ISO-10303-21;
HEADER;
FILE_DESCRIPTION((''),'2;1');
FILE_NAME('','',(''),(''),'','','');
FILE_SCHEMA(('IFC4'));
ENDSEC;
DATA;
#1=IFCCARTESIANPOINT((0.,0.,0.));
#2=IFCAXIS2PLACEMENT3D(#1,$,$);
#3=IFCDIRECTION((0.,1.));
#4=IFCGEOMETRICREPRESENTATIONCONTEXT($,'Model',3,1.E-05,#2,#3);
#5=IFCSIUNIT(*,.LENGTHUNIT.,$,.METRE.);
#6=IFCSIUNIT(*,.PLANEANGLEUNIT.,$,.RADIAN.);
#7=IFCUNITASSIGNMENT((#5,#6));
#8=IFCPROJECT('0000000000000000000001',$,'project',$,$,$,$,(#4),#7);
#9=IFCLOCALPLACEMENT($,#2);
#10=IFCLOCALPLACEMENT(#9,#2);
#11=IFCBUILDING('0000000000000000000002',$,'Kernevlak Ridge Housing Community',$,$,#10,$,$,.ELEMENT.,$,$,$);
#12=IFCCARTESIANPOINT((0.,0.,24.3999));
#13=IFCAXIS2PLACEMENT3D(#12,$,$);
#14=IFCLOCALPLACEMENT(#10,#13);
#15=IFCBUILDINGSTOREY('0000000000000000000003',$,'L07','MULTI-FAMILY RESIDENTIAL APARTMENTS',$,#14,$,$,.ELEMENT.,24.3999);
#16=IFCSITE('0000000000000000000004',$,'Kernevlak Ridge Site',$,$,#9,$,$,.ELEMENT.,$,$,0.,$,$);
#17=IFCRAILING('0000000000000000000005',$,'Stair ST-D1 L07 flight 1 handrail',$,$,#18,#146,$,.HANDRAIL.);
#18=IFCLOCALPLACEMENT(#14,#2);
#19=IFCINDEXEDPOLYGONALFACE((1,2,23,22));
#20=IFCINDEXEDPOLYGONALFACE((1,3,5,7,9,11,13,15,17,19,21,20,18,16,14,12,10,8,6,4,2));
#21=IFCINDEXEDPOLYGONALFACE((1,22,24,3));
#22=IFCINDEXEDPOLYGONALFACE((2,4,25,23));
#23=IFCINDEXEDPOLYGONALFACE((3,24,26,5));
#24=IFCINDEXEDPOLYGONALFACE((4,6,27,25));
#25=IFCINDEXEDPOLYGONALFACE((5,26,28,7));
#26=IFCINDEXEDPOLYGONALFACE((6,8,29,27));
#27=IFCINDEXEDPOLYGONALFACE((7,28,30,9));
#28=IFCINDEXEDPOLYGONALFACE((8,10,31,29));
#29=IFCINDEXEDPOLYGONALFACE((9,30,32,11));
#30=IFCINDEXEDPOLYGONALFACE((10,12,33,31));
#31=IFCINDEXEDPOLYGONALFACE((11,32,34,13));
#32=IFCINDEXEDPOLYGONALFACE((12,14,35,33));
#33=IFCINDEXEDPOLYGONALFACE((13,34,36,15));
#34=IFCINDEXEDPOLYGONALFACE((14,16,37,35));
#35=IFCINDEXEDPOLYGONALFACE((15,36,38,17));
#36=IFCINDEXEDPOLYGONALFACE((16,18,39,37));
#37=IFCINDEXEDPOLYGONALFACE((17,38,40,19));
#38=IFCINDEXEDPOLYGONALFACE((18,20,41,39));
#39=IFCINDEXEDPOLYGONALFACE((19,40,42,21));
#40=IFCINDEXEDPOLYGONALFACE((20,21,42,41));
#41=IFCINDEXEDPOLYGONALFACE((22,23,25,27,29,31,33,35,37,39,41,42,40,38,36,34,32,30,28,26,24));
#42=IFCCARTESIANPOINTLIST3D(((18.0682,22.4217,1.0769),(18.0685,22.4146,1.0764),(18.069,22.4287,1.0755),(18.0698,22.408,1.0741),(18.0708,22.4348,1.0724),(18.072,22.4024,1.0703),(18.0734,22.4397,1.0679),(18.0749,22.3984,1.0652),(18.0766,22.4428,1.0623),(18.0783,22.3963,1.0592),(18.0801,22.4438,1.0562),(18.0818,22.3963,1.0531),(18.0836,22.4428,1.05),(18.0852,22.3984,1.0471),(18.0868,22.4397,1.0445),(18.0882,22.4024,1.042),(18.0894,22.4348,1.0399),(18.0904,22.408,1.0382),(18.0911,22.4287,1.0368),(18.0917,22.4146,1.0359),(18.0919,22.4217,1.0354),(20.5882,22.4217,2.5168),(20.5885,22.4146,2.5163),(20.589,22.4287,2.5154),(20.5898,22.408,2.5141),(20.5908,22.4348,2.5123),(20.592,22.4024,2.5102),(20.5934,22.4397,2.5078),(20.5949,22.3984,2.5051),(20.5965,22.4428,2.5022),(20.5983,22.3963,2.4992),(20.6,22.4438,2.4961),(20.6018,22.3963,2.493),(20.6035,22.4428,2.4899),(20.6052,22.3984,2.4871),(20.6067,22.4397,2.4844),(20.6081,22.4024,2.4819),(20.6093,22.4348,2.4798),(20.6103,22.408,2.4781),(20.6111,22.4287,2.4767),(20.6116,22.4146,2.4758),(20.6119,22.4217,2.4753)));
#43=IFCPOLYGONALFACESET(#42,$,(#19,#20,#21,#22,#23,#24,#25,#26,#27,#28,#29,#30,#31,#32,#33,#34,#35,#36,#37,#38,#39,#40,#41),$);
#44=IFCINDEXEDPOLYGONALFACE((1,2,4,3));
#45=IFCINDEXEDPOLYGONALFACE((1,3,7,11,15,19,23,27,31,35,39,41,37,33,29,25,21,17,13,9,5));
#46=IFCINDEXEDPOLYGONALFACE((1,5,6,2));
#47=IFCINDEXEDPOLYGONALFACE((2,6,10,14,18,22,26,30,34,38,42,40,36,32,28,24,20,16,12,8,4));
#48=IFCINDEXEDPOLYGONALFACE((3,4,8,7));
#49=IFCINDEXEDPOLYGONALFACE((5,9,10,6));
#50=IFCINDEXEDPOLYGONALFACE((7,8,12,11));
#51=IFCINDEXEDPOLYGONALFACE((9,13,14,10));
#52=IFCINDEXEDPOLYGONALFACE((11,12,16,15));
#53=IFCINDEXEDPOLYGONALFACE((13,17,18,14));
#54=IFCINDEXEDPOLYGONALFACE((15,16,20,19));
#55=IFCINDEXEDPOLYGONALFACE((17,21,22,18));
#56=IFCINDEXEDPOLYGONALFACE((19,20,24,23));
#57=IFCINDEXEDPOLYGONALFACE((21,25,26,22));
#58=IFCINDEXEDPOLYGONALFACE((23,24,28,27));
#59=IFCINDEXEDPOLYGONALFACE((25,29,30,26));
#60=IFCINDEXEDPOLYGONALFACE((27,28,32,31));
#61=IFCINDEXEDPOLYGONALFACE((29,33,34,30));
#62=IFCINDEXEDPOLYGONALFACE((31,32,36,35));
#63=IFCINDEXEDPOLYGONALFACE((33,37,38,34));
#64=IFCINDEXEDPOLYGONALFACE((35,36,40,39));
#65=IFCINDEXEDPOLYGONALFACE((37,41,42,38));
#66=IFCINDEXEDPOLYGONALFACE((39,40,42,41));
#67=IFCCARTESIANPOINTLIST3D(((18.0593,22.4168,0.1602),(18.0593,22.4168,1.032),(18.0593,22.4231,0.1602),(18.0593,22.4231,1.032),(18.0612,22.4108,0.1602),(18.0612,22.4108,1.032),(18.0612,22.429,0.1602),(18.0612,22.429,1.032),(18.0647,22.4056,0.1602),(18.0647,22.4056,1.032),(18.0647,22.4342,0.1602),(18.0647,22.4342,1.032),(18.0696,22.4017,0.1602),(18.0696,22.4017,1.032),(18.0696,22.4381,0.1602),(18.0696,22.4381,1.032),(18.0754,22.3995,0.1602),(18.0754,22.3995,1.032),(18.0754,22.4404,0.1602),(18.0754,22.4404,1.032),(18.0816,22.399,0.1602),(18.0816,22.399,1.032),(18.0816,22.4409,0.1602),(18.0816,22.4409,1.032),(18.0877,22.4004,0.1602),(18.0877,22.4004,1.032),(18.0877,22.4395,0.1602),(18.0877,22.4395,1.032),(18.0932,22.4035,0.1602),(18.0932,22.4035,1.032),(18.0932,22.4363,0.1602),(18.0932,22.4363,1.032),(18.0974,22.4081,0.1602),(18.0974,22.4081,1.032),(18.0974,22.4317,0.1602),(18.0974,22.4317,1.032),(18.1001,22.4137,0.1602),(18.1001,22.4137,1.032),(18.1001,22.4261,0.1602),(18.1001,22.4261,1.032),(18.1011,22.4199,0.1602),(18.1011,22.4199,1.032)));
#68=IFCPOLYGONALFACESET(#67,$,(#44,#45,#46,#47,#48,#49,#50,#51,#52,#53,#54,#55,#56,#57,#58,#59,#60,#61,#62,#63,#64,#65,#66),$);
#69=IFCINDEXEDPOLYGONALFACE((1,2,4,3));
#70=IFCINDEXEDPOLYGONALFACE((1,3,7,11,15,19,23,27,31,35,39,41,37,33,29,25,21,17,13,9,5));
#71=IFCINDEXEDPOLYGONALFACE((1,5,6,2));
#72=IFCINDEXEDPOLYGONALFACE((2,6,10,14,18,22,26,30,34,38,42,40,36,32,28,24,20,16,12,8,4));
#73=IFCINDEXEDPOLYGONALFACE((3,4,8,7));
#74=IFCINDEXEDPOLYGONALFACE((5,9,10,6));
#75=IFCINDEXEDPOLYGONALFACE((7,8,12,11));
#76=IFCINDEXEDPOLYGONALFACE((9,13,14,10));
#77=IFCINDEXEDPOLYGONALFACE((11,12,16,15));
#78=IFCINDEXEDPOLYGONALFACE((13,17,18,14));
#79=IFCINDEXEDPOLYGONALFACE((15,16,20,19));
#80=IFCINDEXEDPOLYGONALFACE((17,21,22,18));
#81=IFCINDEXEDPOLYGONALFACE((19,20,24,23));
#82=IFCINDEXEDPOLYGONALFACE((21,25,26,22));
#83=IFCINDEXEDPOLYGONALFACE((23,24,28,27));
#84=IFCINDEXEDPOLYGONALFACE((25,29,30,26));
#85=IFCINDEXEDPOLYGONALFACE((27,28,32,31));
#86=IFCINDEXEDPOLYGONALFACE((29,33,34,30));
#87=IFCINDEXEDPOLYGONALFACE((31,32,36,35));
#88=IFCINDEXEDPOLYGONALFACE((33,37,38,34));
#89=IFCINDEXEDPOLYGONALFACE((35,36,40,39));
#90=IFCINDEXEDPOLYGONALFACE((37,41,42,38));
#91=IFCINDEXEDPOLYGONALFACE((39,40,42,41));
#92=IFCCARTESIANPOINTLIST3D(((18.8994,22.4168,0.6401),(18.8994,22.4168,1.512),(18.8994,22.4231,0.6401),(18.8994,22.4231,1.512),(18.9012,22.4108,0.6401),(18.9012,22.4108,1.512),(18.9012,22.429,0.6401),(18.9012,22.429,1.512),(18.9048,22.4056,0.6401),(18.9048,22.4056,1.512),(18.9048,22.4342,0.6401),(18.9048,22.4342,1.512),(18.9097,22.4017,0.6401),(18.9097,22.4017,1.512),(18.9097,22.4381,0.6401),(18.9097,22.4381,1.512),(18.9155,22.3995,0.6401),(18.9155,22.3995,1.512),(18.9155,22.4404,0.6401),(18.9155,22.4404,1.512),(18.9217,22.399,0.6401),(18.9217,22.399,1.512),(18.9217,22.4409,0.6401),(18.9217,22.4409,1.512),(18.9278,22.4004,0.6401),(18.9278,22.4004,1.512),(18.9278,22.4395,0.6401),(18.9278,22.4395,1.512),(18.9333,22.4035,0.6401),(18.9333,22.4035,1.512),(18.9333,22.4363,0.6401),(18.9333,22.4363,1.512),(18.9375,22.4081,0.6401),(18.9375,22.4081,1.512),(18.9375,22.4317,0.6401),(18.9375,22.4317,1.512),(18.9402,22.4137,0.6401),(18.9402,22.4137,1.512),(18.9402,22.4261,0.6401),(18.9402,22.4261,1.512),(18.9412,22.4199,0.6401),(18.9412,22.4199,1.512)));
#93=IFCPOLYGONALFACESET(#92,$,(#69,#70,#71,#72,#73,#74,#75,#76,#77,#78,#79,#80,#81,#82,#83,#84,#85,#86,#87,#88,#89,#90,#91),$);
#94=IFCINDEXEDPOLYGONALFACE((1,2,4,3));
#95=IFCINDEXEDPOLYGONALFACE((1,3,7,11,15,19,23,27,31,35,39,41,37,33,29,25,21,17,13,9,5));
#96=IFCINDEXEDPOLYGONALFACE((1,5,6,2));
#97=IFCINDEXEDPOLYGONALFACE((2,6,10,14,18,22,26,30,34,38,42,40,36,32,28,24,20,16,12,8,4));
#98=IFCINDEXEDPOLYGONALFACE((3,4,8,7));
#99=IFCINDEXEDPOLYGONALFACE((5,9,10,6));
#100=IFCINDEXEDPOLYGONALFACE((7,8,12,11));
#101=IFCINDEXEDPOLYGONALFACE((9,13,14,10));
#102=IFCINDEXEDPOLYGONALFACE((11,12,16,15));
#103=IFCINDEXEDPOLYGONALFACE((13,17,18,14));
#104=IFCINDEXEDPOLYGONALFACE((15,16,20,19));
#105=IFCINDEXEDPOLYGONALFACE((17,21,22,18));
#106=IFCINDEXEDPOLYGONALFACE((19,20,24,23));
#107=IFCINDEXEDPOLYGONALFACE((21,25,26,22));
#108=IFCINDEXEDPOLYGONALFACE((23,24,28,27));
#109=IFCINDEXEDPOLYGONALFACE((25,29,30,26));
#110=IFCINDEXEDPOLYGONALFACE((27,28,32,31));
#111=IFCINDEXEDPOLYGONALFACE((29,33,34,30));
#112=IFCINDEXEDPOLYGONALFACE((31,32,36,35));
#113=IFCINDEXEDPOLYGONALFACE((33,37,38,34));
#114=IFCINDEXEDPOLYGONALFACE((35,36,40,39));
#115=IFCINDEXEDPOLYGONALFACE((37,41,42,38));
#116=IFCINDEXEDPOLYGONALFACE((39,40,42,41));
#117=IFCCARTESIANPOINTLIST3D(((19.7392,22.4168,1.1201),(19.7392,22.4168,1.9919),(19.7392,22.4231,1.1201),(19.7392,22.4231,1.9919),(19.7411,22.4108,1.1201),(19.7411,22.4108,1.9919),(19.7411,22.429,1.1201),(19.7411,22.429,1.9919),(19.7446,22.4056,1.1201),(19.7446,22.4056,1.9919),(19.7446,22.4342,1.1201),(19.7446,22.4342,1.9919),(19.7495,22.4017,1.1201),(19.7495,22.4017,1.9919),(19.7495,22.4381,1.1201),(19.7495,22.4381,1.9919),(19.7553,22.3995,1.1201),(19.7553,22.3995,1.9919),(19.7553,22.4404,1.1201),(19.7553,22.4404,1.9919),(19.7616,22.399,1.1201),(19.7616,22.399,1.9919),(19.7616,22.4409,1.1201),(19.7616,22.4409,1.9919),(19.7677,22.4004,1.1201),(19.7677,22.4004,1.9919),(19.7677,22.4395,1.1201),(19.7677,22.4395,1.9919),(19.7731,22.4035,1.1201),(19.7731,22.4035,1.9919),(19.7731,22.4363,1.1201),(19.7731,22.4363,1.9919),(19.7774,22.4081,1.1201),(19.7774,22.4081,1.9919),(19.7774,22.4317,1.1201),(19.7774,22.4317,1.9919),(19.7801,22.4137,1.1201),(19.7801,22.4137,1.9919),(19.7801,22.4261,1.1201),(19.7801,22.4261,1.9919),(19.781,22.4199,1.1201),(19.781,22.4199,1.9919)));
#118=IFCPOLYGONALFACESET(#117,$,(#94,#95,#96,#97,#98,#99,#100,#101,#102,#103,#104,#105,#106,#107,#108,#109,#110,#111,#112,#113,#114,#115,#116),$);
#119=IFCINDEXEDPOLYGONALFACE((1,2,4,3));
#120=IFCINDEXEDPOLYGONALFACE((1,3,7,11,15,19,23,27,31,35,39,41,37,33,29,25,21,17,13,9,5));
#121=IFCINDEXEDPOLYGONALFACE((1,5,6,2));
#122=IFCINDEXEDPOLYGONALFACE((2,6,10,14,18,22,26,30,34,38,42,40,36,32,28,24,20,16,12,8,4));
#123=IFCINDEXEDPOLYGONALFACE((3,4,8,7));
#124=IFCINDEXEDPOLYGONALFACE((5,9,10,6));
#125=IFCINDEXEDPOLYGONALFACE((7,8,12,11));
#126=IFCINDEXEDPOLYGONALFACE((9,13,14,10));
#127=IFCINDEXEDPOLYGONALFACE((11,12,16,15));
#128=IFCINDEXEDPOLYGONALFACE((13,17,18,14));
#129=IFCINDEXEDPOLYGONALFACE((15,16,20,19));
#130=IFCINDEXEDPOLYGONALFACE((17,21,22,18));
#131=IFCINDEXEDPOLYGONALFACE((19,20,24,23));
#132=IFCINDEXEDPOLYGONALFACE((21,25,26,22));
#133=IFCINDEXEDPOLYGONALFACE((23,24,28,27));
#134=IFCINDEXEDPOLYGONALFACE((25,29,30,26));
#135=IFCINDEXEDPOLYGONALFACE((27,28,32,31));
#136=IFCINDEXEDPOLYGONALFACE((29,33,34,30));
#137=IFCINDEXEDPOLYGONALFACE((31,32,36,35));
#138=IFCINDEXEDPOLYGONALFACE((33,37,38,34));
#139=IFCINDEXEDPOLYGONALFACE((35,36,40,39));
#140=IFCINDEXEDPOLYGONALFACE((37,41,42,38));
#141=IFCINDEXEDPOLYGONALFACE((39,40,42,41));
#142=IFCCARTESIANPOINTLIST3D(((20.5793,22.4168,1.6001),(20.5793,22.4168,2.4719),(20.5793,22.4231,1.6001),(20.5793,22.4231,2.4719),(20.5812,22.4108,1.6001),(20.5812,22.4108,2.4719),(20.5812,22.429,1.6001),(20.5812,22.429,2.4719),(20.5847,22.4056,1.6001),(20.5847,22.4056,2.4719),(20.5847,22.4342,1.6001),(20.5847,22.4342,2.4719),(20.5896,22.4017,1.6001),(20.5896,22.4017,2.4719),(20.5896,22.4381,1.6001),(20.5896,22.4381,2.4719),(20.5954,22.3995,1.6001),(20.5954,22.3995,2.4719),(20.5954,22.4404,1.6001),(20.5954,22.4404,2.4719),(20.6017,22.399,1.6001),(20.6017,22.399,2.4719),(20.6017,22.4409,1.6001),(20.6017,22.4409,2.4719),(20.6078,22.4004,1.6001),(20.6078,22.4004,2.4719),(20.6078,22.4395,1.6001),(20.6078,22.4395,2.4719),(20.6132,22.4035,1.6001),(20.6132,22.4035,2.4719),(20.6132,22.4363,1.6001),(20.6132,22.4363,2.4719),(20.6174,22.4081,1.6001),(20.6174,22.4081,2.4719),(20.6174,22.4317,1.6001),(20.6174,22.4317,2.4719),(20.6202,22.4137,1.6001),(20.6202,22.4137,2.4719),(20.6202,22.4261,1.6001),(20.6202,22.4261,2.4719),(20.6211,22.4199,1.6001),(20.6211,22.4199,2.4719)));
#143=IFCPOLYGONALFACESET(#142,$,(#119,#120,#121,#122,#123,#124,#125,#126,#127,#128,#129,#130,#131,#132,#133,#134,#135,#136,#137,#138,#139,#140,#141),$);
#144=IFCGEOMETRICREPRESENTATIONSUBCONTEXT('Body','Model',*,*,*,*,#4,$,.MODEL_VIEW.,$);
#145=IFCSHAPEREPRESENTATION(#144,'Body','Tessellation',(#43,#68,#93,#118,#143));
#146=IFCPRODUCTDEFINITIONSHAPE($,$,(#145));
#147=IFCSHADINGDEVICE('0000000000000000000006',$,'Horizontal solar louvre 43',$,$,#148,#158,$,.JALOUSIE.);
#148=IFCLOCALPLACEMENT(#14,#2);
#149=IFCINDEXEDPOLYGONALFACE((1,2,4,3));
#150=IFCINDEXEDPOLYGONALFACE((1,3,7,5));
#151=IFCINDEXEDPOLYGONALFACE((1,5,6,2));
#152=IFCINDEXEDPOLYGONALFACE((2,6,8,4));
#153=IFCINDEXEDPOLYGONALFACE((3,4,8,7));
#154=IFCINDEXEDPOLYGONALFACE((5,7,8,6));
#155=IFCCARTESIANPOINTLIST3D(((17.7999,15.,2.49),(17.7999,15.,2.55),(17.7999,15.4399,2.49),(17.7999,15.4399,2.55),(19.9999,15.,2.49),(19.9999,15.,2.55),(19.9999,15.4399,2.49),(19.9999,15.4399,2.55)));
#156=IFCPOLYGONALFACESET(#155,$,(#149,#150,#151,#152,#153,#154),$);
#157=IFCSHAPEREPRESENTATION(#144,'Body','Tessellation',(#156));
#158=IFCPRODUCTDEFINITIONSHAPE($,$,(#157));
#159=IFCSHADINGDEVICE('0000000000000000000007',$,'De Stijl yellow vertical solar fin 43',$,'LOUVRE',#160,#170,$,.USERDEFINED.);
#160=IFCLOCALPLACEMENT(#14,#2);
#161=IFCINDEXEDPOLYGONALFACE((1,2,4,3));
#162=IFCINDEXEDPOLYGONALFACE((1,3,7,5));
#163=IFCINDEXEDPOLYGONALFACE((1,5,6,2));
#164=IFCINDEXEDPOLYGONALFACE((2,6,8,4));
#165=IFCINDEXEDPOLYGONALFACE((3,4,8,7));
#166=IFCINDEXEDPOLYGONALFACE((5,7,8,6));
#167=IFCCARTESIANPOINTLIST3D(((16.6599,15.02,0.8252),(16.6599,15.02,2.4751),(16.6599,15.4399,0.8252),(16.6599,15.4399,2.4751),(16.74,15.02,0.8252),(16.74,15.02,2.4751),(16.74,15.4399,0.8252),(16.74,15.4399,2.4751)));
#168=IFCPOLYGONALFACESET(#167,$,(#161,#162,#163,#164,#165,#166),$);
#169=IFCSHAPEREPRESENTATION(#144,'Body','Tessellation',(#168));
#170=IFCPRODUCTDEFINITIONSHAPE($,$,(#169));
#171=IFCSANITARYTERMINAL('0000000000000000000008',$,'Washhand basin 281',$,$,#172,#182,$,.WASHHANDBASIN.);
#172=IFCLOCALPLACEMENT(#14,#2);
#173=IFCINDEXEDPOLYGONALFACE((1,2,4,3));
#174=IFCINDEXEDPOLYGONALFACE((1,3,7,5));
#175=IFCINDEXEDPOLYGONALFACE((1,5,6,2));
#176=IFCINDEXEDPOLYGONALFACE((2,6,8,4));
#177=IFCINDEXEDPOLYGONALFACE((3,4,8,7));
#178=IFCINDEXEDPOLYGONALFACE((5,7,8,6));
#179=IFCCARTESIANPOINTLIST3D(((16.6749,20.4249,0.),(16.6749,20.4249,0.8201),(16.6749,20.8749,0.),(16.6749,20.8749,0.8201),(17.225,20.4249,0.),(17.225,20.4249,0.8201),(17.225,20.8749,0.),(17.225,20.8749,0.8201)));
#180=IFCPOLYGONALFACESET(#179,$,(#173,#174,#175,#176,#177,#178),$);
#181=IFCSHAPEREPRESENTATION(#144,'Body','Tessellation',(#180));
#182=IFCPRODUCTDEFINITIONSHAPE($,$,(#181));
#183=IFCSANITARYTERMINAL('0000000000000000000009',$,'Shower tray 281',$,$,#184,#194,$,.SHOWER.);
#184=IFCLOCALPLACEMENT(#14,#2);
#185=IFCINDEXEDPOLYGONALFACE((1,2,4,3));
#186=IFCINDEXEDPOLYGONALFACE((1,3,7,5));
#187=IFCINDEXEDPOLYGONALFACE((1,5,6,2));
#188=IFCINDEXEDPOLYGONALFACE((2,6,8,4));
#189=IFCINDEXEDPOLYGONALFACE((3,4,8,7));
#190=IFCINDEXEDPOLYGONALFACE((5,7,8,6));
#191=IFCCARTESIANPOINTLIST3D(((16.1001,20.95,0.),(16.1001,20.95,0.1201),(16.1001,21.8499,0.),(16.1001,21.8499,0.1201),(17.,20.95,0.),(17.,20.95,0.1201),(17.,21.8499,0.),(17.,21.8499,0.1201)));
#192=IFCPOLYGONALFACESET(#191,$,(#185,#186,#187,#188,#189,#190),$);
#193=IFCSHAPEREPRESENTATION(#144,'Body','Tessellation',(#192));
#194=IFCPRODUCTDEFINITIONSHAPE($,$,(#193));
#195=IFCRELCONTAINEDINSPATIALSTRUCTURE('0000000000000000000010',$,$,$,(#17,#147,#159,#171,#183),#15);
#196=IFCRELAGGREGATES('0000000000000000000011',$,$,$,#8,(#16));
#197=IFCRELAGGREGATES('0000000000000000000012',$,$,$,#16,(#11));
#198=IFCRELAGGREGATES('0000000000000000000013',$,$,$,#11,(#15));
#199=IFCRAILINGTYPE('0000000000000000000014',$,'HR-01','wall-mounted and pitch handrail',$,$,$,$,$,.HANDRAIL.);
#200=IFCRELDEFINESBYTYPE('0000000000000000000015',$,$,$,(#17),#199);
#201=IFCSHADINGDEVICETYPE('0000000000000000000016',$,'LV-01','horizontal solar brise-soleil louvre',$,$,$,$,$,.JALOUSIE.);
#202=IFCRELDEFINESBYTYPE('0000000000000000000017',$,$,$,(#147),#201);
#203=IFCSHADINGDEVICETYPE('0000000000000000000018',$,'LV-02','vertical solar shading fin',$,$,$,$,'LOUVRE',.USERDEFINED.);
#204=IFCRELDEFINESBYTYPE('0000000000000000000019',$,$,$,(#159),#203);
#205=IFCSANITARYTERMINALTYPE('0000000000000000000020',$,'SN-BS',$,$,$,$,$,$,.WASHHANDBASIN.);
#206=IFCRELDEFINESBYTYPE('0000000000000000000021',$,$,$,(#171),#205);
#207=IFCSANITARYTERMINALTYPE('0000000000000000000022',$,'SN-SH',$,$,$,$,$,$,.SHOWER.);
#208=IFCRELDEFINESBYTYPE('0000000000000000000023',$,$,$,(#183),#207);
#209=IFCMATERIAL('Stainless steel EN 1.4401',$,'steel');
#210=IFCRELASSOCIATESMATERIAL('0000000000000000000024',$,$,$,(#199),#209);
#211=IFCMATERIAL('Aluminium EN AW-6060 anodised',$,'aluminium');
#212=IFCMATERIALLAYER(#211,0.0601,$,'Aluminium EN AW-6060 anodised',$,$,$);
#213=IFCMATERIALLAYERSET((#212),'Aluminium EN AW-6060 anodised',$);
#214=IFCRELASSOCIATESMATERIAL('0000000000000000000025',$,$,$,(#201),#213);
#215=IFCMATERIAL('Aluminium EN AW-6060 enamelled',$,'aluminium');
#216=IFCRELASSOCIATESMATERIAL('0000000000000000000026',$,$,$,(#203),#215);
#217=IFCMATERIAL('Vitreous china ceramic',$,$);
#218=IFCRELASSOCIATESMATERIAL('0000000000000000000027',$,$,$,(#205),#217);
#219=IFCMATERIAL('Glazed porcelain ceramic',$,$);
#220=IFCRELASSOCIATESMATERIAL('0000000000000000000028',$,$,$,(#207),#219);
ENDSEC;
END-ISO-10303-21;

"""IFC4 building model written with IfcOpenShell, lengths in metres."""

from ifc_helpers import new_model, si_unit, direction, frame, origin, origin_2d, place, context, subcontext, project, spatial, rectangle, circle, extrude, material, layer, layer_set, type_object, element, save


model = new_model("IFC4")

# Units and contexts
model_context = context("Model", 3, precision=1e-05, world=origin(), true_north=direction((0.0, 1.0)))
body_context = subcontext(model_context, "Body", "Model", "MODEL_VIEW")
ifc_project = project(units=[si_unit("LENGTHUNIT", "METRE"), si_unit("PLANEANGLEUNIT", "RADIAN")], contexts=[model_context])

# Site, building, storey
site_placement = place(None, origin())
site = spatial("IfcSite", under=ifc_project, at=site_placement, Name="Kernevlak Ridge Site", CompositionType="ELEMENT", RefElevation=0.0)
building_placement = place(site_placement, origin())
building = spatial("IfcBuilding", under=site, at=building_placement, Name="Kernevlak Ridge Housing Community", CompositionType="ELEMENT")
storey_placement = place(building_placement, frame((0.0, 0.0, 24.3999)))
storey = spatial("IfcBuildingStorey", under=building, at=storey_placement, Name="L07", Description="MULTI-FAMILY RESIDENTIAL APARTMENTS", CompositionType="ELEMENT", Elevation=24.3999)

# Railing
ifc_material_1 = material(Name="Stainless steel EN 1.4401", Category="steel")
railing_type_1 = type_object("IfcRailingType", Name="HR-01", Description="wall-mounted and pitch handrail", PredefinedType="HANDRAIL", material=ifc_material_1)
railing_1_placement = place(storey_placement, frame((18.0801, 22.4199, 0.1602)))
element("IfcRailing", 1, at=railing_1_placement, inside=storey, type_object=railing_type_1, Name="Stair ST-D1 L07 flight 1 handrail", PredefinedType="HANDRAIL", context=body_context, shape_type="SweptSolid", body=[
    extrude(circle(Radius=0.0239, at=origin_2d()), frame((0.0, 0.0, 0.896), z_axis=(0.868253, 0.0, 0.496121), x_axis=(0.0, 1.0, 0.0)), (0.0, 0.0, 1.0), 2.9023),
    extrude(circle(Radius=0.021, at=origin_2d()), origin(), (0.0, 0.0, 1.0), 0.8718),
    extrude(circle(Radius=0.021, at=origin_2d()), frame((0.8401, 0.0, 0.48)), (0.0, 0.0, 1.0), 0.8718),
    extrude(circle(Radius=0.021, at=origin_2d()), frame((1.6799, 0.0, 0.96)), (0.0, 0.0, 1.0), 0.8718),
    extrude(circle(Radius=0.021, at=origin_2d()), frame((2.52, 0.0, 1.4399)), (0.0, 0.0, 1.0), 0.8718),
])

# Shading devices
ifc_material_2 = material(Name="Aluminium EN AW-6060 anodised", Category="aluminium")
ifc_layer_1 = layer(ifc_material_2, 0.0601, Name="Aluminium EN AW-6060 anodised")
ifc_layer_set_1 = layer_set([ifc_layer_1], Name="Aluminium EN AW-6060 anodised")
shading_device_type_1 = type_object("IfcShadingDeviceType", Name="LV-01", Description="horizontal solar brise-soleil louvre", PredefinedType="JALOUSIE", material=ifc_layer_set_1)
shading_device_1_placement = place(storey_placement, frame((18.8999, 15.22, 2.49), z_axis=(0.0, 0.0, 1.0), x_axis=(1.0, 0.0, 0.0)))
element("IfcShadingDevice", 2, at=shading_device_1_placement, inside=storey, type_object=shading_device_type_1, Name="Horizontal solar louvre 43", PredefinedType="JALOUSIE", context=body_context, shape_type="SweptSolid", body=[
    extrude(rectangle(XDim=2.2, YDim=0.4399, at=origin_2d()), origin(), (0.0, 0.0, 1.0), 0.0601),
])
ifc_material_3 = material(Name="Aluminium EN AW-6060 enamelled", Category="aluminium")
shading_device_type_2 = type_object("IfcShadingDeviceType", Name="LV-02", Description="vertical solar shading fin", ElementType="LOUVRE", PredefinedType="USERDEFINED", material=ifc_material_3)
shading_device_2_placement = place(storey_placement, frame((16.7, 15.23, 0.8252), z_axis=(0.0, 0.0, 1.0), x_axis=(1.0, 0.0, 0.0)))
element("IfcShadingDevice", 3, at=shading_device_2_placement, inside=storey, type_object=shading_device_type_2, Name="De Stijl yellow vertical solar fin 43", ObjectType="LOUVRE", PredefinedType="USERDEFINED", context=body_context, shape_type="SweptSolid", body=[
    extrude(rectangle(XDim=0.0801, YDim=0.4199, at=origin_2d()), origin(), (0.0, 0.0, 1.0), 1.6499),
])

# Sanitary terminals
ifc_material_4 = material(Name="Vitreous china ceramic")
sanitary_terminal_type_1 = type_object("IfcSanitaryTerminalType", Name="SN-BS", PredefinedType="WASHHANDBASIN", material=ifc_material_4)
sanitary_terminal_1_placement = place(storey_placement, frame((16.95, 20.6499, 0.0), z_axis=(0.0, 0.0, 1.0), x_axis=(1.0, 0.0, 0.0)))
element("IfcSanitaryTerminal", 4, at=sanitary_terminal_1_placement, inside=storey, type_object=sanitary_terminal_type_1, Name="Washhand basin 281", PredefinedType="WASHHANDBASIN", context=body_context, shape_type="SweptSolid", body=[
    extrude(rectangle(XDim=0.55, YDim=0.45, at=origin_2d()), origin(), (0.0, 0.0, 1.0), 0.8201),
])
ifc_material_5 = material(Name="Glazed porcelain ceramic")
sanitary_terminal_type_2 = type_object("IfcSanitaryTerminalType", Name="SN-SH", PredefinedType="SHOWER", material=ifc_material_5)
sanitary_terminal_2_placement = place(storey_placement, frame((16.55, 21.3999, 0.0), z_axis=(0.0, 0.0, 1.0), x_axis=(1.0, 0.0, 0.0)))
element("IfcSanitaryTerminal", 5, at=sanitary_terminal_2_placement, inside=storey, type_object=sanitary_terminal_type_2, Name="Shower tray 281", PredefinedType="SHOWER", context=body_context, shape_type="SweptSolid", body=[
    extrude(rectangle(XDim=0.8999, YDim=0.8999, at=origin_2d()), origin(), (0.0, 0.0, 1.0), 0.1201),
])

save(model, "model.ifc")
